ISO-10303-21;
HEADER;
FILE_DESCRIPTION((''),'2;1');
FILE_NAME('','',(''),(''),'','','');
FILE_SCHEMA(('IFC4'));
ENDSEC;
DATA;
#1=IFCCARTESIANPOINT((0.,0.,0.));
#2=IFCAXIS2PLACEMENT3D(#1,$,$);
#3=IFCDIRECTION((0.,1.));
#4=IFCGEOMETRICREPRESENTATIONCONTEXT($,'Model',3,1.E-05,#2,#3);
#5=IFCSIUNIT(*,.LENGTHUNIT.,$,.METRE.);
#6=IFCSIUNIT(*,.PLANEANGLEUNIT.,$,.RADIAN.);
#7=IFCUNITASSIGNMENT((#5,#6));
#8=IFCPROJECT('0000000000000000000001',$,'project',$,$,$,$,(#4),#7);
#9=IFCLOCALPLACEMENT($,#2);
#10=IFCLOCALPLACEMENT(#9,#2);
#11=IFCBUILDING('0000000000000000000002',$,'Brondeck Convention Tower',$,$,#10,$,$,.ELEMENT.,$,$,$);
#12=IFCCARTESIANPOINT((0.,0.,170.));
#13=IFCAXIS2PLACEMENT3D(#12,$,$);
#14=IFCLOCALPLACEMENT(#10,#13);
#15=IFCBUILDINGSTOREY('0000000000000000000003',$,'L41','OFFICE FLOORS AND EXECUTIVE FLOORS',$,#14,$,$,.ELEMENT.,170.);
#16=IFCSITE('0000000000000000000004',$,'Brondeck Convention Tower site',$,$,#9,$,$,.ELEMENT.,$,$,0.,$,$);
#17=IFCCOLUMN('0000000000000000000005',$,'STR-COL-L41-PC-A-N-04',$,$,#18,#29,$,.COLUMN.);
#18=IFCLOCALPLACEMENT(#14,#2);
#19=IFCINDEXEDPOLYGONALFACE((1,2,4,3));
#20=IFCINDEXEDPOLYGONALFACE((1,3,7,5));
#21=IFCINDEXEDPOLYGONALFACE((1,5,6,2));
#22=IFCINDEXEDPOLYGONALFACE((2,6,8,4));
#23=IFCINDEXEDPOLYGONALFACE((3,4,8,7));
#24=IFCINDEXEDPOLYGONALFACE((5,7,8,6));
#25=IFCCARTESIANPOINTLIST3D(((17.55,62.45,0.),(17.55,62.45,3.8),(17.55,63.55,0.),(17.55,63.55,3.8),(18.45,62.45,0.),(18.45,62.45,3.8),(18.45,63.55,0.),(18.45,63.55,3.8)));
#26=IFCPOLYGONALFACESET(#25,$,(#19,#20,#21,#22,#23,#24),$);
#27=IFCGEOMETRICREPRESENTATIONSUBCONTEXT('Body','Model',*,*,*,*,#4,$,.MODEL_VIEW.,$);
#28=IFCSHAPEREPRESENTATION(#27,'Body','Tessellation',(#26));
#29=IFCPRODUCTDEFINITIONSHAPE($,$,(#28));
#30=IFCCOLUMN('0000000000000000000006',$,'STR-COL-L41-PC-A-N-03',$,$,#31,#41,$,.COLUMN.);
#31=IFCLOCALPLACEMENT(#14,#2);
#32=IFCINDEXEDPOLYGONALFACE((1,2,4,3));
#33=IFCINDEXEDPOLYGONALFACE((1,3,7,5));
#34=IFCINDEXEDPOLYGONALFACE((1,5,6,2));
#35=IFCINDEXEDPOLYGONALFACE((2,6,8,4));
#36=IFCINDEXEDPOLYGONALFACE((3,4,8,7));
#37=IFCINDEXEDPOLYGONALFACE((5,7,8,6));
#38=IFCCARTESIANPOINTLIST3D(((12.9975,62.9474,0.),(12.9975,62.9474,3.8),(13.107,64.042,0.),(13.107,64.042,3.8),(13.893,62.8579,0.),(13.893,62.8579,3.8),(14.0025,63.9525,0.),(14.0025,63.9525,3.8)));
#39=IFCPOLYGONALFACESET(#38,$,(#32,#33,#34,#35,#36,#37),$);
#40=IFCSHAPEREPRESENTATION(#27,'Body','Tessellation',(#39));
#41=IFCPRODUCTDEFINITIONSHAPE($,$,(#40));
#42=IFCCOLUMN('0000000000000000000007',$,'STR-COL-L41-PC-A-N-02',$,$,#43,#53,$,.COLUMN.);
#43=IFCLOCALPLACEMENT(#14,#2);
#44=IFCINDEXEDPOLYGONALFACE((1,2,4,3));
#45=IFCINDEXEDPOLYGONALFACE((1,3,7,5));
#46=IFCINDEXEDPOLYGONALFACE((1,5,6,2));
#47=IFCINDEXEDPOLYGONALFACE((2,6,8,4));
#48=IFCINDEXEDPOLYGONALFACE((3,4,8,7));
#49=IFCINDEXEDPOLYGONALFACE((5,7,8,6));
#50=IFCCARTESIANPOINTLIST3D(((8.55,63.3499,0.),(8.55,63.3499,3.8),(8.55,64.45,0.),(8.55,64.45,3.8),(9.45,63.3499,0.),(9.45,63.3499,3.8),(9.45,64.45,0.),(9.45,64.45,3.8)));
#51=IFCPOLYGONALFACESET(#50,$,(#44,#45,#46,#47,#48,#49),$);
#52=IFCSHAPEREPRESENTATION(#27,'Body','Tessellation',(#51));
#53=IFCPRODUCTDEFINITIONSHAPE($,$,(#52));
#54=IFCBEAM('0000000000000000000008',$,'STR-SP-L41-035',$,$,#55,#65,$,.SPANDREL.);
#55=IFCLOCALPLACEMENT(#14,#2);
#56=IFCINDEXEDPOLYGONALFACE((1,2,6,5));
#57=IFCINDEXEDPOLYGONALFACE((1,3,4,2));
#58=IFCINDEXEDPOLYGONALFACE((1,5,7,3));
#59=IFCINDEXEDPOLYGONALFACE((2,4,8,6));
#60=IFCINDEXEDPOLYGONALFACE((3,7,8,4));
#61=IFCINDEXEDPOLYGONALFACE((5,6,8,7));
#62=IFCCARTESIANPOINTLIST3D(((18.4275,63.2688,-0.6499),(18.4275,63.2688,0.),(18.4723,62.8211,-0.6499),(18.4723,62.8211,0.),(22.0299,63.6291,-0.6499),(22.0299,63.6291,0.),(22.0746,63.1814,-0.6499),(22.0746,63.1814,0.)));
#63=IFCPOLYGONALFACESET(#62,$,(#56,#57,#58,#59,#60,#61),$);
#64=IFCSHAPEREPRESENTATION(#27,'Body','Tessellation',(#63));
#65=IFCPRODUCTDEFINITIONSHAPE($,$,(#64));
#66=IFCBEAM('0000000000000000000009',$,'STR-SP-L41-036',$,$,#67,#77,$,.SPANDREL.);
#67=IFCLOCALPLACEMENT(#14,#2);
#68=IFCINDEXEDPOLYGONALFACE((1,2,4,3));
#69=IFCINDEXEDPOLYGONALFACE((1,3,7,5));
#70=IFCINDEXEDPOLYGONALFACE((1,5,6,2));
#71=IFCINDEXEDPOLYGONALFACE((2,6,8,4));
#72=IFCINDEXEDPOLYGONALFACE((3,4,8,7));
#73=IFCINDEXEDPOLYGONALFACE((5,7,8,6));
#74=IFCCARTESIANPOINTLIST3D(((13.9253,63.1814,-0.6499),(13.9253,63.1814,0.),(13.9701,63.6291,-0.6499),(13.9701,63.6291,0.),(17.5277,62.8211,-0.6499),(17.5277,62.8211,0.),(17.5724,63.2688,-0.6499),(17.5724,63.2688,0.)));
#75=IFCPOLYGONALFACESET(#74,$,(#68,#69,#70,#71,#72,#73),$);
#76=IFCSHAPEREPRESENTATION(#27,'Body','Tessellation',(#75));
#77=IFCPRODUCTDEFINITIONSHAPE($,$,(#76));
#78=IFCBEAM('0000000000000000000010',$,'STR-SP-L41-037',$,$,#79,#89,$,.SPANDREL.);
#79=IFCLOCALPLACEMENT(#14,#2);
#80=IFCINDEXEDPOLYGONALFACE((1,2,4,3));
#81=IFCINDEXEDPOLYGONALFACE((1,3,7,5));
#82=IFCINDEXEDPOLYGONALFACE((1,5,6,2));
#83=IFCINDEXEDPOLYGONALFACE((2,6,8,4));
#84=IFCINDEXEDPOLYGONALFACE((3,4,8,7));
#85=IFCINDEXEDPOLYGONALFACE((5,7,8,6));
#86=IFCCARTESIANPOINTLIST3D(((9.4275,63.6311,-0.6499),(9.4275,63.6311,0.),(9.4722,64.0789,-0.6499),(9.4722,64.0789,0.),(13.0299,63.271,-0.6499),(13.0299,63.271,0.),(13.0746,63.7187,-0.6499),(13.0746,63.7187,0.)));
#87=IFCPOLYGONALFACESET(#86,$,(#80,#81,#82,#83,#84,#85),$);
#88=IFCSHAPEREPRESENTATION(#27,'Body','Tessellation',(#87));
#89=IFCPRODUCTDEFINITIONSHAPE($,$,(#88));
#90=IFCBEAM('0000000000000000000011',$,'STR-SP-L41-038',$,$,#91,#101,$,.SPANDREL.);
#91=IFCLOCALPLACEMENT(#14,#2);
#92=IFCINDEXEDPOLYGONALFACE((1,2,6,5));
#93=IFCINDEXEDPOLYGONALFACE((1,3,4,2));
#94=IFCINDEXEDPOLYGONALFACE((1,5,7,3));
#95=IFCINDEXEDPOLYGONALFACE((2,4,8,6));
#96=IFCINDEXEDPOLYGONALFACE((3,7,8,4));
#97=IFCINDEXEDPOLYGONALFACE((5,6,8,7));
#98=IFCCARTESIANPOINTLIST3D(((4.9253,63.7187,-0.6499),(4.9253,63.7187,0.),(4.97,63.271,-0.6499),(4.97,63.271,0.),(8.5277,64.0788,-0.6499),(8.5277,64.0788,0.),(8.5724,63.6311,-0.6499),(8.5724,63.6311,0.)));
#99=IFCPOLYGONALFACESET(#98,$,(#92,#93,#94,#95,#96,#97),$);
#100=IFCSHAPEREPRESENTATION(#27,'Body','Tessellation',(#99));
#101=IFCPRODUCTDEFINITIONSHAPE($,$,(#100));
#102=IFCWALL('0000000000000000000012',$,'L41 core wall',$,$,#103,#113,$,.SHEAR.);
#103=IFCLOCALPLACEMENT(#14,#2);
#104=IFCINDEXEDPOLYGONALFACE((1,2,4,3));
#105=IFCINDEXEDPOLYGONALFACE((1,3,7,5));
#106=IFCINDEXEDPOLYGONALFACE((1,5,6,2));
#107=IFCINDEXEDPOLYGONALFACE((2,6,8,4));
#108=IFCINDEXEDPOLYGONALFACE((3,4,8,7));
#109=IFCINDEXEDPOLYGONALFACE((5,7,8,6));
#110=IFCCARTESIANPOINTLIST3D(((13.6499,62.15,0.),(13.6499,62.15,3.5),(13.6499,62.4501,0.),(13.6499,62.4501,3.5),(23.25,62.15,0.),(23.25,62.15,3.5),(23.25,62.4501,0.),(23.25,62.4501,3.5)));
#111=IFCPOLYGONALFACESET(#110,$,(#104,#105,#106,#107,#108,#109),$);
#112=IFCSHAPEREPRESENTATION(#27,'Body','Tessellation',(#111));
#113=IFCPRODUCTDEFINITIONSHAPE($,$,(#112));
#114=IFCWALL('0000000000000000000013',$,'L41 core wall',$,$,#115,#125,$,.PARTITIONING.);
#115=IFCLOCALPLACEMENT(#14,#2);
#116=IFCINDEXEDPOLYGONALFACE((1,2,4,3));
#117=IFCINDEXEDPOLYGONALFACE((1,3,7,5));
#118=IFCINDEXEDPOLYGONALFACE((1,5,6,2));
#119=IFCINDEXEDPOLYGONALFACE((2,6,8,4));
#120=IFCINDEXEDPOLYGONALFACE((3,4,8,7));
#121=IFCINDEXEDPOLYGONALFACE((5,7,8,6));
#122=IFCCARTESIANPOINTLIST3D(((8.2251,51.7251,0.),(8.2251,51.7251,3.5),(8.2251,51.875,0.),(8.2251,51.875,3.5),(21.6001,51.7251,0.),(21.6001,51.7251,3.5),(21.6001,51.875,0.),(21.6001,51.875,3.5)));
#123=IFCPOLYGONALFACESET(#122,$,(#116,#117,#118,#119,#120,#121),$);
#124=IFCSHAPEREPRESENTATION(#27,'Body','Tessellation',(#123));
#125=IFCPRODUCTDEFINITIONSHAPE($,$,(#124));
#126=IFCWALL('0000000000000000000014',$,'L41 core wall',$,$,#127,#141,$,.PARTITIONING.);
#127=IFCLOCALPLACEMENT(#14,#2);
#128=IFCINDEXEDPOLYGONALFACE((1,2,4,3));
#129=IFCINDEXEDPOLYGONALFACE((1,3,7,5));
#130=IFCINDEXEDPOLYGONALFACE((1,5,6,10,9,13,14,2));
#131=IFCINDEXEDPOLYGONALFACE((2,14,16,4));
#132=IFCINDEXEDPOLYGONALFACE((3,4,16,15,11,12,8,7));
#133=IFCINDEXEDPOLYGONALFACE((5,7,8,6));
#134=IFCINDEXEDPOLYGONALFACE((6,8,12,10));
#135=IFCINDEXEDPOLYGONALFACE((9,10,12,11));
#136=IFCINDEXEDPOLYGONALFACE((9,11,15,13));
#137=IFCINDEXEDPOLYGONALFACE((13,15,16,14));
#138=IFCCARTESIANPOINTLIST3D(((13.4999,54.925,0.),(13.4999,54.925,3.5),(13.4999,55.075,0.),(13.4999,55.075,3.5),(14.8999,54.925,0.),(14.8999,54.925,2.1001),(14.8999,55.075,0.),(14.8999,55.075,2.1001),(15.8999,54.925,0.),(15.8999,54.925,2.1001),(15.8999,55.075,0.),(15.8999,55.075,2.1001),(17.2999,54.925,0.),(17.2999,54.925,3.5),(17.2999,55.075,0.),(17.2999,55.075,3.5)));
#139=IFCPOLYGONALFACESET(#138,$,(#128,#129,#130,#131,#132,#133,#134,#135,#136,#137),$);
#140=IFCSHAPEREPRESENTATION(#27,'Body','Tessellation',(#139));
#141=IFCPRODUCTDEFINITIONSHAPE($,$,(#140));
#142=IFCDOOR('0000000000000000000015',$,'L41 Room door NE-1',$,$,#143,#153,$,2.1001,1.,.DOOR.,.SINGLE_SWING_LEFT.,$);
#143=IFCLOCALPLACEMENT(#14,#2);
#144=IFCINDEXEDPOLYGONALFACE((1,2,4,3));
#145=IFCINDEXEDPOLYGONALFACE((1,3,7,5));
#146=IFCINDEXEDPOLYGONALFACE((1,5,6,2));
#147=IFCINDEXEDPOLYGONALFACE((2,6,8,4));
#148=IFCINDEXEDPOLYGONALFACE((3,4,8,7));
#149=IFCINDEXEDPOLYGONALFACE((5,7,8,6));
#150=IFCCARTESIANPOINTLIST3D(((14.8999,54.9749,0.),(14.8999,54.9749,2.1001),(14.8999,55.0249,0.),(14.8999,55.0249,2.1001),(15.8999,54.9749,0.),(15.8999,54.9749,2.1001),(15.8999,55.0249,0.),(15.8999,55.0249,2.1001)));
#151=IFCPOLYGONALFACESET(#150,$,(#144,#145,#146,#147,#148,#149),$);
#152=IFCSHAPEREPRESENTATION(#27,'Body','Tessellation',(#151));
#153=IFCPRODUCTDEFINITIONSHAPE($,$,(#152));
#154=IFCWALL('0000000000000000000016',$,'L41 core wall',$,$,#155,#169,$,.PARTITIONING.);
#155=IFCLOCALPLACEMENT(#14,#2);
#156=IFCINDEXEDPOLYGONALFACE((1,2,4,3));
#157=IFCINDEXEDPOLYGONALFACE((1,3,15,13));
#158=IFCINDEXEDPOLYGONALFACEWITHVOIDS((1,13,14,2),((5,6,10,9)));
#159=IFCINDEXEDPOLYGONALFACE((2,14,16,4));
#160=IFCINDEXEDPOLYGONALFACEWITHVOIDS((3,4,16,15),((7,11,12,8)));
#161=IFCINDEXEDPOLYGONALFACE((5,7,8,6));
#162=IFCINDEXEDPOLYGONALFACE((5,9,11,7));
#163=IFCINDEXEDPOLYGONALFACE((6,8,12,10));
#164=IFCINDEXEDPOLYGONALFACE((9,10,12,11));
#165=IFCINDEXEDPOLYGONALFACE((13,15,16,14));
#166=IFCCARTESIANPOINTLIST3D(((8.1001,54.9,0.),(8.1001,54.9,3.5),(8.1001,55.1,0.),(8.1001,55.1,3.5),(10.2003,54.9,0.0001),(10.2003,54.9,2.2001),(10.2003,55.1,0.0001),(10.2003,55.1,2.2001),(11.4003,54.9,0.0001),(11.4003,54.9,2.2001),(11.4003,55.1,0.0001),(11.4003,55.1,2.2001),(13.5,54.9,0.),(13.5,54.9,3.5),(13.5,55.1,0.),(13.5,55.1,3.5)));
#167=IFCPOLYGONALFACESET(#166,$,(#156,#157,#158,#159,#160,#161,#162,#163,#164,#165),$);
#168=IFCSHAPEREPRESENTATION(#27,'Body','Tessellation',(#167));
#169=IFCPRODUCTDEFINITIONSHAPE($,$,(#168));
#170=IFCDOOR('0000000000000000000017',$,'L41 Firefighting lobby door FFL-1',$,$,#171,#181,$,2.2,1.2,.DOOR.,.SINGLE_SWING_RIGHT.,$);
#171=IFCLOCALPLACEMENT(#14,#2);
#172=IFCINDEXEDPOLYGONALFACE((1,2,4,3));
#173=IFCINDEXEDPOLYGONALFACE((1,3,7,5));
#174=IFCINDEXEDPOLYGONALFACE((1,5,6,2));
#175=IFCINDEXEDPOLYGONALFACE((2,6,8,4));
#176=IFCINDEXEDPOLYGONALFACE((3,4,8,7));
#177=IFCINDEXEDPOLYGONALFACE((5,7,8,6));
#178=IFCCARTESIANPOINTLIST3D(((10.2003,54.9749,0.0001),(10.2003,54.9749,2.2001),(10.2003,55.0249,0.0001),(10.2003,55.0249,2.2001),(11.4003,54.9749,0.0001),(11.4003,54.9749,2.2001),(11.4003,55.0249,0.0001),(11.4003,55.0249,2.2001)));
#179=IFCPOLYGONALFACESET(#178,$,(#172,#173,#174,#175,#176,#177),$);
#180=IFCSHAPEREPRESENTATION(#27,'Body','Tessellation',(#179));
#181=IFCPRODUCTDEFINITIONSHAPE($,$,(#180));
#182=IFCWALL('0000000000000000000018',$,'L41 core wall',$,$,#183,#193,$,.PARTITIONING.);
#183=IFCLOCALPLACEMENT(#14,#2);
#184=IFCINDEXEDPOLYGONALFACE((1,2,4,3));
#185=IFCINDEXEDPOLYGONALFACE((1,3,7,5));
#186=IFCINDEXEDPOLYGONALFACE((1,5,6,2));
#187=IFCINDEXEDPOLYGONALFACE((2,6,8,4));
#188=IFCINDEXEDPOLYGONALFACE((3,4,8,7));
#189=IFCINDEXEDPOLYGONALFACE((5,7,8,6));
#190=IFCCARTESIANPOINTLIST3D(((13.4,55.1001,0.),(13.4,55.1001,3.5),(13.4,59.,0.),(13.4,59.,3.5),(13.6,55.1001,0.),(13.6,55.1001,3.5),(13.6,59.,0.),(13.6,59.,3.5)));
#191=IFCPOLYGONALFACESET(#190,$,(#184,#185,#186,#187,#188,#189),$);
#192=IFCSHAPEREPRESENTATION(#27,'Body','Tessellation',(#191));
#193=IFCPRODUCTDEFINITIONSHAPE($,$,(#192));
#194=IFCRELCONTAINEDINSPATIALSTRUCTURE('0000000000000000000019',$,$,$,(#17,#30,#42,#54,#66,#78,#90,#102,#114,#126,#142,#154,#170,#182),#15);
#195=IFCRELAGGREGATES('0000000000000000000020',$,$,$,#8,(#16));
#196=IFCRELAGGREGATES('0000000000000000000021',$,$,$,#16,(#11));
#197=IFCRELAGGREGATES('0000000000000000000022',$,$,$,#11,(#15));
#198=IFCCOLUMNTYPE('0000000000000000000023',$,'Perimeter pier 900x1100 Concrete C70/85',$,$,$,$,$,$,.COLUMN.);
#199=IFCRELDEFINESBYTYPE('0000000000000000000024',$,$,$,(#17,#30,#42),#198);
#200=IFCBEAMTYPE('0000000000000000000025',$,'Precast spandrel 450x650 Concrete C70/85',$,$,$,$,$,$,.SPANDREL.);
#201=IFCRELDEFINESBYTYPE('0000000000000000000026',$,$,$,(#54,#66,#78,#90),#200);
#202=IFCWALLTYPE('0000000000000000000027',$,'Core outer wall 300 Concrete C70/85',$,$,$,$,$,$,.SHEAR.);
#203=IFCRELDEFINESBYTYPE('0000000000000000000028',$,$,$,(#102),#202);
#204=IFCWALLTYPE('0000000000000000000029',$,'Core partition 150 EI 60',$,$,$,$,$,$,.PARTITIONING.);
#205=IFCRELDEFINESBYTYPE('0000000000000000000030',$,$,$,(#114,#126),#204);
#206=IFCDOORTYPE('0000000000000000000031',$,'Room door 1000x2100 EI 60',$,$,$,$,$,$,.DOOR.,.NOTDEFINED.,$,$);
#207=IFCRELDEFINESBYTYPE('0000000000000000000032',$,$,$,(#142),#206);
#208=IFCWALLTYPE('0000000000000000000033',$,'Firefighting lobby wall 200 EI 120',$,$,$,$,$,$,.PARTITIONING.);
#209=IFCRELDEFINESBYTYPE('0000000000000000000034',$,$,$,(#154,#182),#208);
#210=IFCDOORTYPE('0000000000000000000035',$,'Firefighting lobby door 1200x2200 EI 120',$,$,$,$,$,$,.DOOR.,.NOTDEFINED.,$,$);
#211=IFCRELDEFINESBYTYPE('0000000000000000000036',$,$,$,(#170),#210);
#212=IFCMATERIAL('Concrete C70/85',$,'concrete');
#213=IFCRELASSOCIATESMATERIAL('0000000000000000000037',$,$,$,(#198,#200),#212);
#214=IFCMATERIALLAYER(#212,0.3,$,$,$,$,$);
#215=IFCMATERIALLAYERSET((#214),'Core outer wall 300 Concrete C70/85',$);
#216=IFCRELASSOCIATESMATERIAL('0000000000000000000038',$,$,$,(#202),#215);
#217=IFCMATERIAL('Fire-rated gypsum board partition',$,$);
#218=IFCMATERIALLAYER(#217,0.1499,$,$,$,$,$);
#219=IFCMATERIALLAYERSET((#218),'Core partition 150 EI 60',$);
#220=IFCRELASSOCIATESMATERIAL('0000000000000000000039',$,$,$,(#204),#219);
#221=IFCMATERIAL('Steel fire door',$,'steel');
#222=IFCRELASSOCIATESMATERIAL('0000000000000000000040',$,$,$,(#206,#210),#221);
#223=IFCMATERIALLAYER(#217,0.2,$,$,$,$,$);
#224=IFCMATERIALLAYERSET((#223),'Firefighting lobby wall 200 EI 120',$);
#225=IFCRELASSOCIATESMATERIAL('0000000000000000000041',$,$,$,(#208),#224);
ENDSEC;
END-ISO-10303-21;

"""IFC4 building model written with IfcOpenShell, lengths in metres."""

from ifc_helpers import new_model, si_unit, direction, frame, frame_2d, origin, origin_2d, place, context, subcontext, project, spatial, rectangle, extrude, material, layer, layer_set, material_profile, profile_set, type_object, element, fill, save


model = new_model("IFC4")

# Units and contexts
model_context = context("Model", 3, precision=1e-05, world=origin(), true_north=direction((0.0, 1.0)))
body_context = subcontext(model_context, "Body", "Model", "MODEL_VIEW")
ifc_project = project(units=[si_unit("LENGTHUNIT", "METRE"), si_unit("PLANEANGLEUNIT", "RADIAN")], contexts=[model_context])

# Site, building, storey
site_placement = place(None, origin())
site = spatial("IfcSite", under=ifc_project, at=site_placement, Name="Brondeck Convention Tower site", CompositionType="ELEMENT", RefElevation=0.0)
building_placement = place(site_placement, origin())
building = spatial("IfcBuilding", under=site, at=building_placement, Name="Brondeck Convention Tower", CompositionType="ELEMENT")
storey_placement = place(building_placement, frame((0.0, 0.0, 170.0)))
storey = spatial("IfcBuildingStorey", under=building, at=storey_placement, Name="L41", Description="OFFICE FLOORS AND EXECUTIVE FLOORS", CompositionType="ELEMENT", Elevation=170.0)

# Columns
ifc_material_1 = material(Name="Concrete C70/85", Category="concrete")
ifc_material_profile_1 = material_profile(ifc_material_1, rectangle(XDim=0.8999, YDim=1.1001, at=origin_2d()), Name="Perimeter pier 900x1100 Concrete C70/85")
ifc_profile_set_1 = profile_set([ifc_material_profile_1], Name="Concrete C70/85")
column_type = type_object("IfcColumnType", Name="Perimeter pier 900x1100 Concrete C70/85", PredefinedType="COLUMN", material=ifc_profile_set_1)
for number, where, z_axis, x_axis, name in (
    (1, (18.0, 63.0, 0.0), (0.0, 0.0, 1.0), (-1.0, 0.0, 0.0), "STR-COL-L41-PC-A-N-04"),
    (2, (13.5, 63.45, 0.0), (0.0, 0.0, 1.0), (-0.995037, 0.099504, 0.0), "STR-COL-L41-PC-A-N-03"),
    (3, (9.0, 63.8999, 0.0), (0.0, 0.0, 1.0), (-1.0, 0.0, 0.0), "STR-COL-L41-PC-A-N-02"),
):
    element("IfcColumn", number, at=place(storey_placement, frame(where, z_axis=z_axis, x_axis=x_axis)), inside=storey, type_object=column_type, Name=name, PredefinedType="COLUMN", context=body_context, shape_type="SweptSolid", body=[
        extrude(rectangle(XDim=0.8999, YDim=1.1001, at=origin_2d()), origin(), (0.0, 0.0, 1.0), 3.8),
    ])

# Beams
ifc_material_profile_2 = material_profile(ifc_material_1, rectangle(XDim=0.45, YDim=0.6499, at=origin_2d()), Name="Precast spandrel 450x650 Concrete C70/85")
ifc_profile_set_2 = profile_set([ifc_material_profile_2], Name="Concrete C70/85")
beam_type = type_object("IfcBeamType", Name="Precast spandrel 450x650 Concrete C70/85", PredefinedType="SPANDREL", material=ifc_profile_set_2)
for number, where, z_axis, x_axis, name in (
    (4, (22.0522, 63.4053, -0.325), (-0.995034, -0.099537, 0.0), (0.099537, -0.995034, 0.0), "STR-SP-L41-035"),
    (5, (17.55, 63.0449, -0.325), (-0.995034, 0.099537, 0.0), (-0.099537, -0.995034, 0.0), "STR-SP-L41-036"),
    (6, (13.0522, 63.4949, -0.325), (-0.995041, 0.09947, 0.0), (-0.09947, -0.995041, 0.0), "STR-SP-L41-037"),
    (7, (8.55, 63.855, -0.325), (-0.995041, -0.09947, 0.0), (0.09947, -0.995041, 0.0), "STR-SP-L41-038"),
):
    element("IfcBeam", number, at=place(storey_placement, frame(where, z_axis=z_axis, x_axis=x_axis)), inside=storey, type_object=beam_type, Name=name, PredefinedType="SPANDREL", context=body_context, shape_type="SweptSolid", body=[
        extrude(rectangle(XDim=0.45, YDim=0.6499, at=origin_2d()), origin(), (0.0, 0.0, 1.0), 3.6204),
    ])

# Walls
ifc_layer_1 = layer(ifc_material_1, 0.3)
ifc_layer_set_1 = layer_set([ifc_layer_1], Name="Core outer wall 300 Concrete C70/85")
wall_type_1 = type_object("IfcWallType", Name="Core outer wall 300 Concrete C70/85", PredefinedType="SHEAR", material=ifc_layer_set_1)
wall_1_placement = place(storey_placement, frame((13.6499, 62.3, 0.0), z_axis=(0.0, 0.0, 1.0), x_axis=(1.0, 0.0, 0.0)))
element("IfcWall", 8, at=wall_1_placement, inside=storey, type_object=wall_type_1, Name="L41 core wall", PredefinedType="SHEAR", context=body_context, shape_type="SweptSolid", body=[
    extrude(rectangle(XDim=9.6001, YDim=0.3, at=frame_2d((4.8, 0.0))), origin(), (0.0, 0.0, 1.0), 3.5),
])
ifc_material_2 = material(Name="Fire-rated gypsum board partition")
ifc_layer_2 = layer(ifc_material_2, 0.1499)
ifc_layer_set_2 = layer_set([ifc_layer_2], Name="Core partition 150 EI 60")
wall_type_2 = type_object("IfcWallType", Name="Core partition 150 EI 60", PredefinedType="PARTITIONING", material=ifc_layer_set_2)
wall_2_placement = place(storey_placement, frame((8.2251, 51.8, 0.0), z_axis=(0.0, 0.0, 1.0), x_axis=(1.0, 0.0, 0.0)))
element("IfcWall", 9, at=wall_2_placement, inside=storey, type_object=wall_type_2, Name="L41 core wall", PredefinedType="PARTITIONING", context=body_context, shape_type="SweptSolid", body=[
    extrude(rectangle(XDim=13.375, YDim=0.1499, at=frame_2d((6.6875, 0.0))), origin(), (0.0, 0.0, 1.0), 3.5),
])

# Walls, openings, doors
wall_3_placement = place(storey_placement, frame((13.5, 55.0, 0.0), z_axis=(0.0, 0.0, 1.0), x_axis=(1.0, 0.0, 0.0)))
wall_3 = element("IfcWall", 10, at=wall_3_placement, inside=storey, type_object=wall_type_2, Name="L41 core wall", PredefinedType="PARTITIONING", context=body_context, shape_type="SweptSolid", body=[
    extrude(rectangle(XDim=3.8, YDim=0.1499, at=frame_2d((1.8999, 0.0))), origin(), (0.0, 0.0, 1.0), 3.5),
])
opening_1_placement = place(wall_3_placement, frame((1.3999, 0.0, 0.0)))
opening_1 = element("IfcOpeningElement", 11, at=opening_1_placement, cuts=wall_3, PredefinedType="OPENING", context=body_context, shape_type="SweptSolid", body=[
    extrude(rectangle(XDim=1.0, YDim=2.1001, at=frame_2d((0.5, 1.05))), frame((0.0, 0.085, 0.0), z_axis=(0.0, -1.0, 0.0), x_axis=(1.0, 0.0, 0.0)), (0.0, 0.0, 1.0), 0.1699),
])
ifc_material_3 = material(Name="Steel fire door", Category="steel")
door_type_1 = type_object("IfcDoorType", Name="Room door 1000x2100 EI 60", OperationType="NOTDEFINED", PredefinedType="DOOR", material=ifc_material_3)
door_1_placement = place(opening_1_placement, origin())
door_1 = element("IfcDoor", 12, at=door_1_placement, inside=storey, type_object=door_type_1, Name="L41 Room door NE-1", OperationType="SINGLE_SWING_LEFT", OverallHeight=2.1001, OverallWidth=1.0, PredefinedType="DOOR", context=body_context, shape_type="SweptSolid", body=[
    extrude(rectangle(XDim=1.0, YDim=2.1001, at=frame_2d((0.5, 1.05))), frame((0.0, 0.0249, 0.0), z_axis=(0.0, -1.0, 0.0), x_axis=(1.0, 0.0, 0.0)), (0.0, 0.0, 1.0), 0.05),
])
fill(opening_1, door_1)
ifc_layer_3 = layer(ifc_material_2, 0.2)
ifc_layer_set_3 = layer_set([ifc_layer_3], Name="Firefighting lobby wall 200 EI 120")
wall_type_3 = type_object("IfcWallType", Name="Firefighting lobby wall 200 EI 120", PredefinedType="PARTITIONING", material=ifc_layer_set_3)
wall_4_placement = place(storey_placement, frame((8.1001, 55.0, 0.0), z_axis=(0.0, 0.0, 1.0), x_axis=(1.0, 0.0, 0.0)))
wall_4 = element("IfcWall", 13, at=wall_4_placement, inside=storey, type_object=wall_type_3, Name="L41 core wall", PredefinedType="PARTITIONING", context=body_context, shape_type="SweptSolid", body=[
    extrude(rectangle(XDim=5.3999, YDim=0.2, at=frame_2d((2.7, 0.0))), origin(), (0.0, 0.0, 1.0), 3.5),
])
opening_2_placement = place(wall_4_placement, frame((2.1001, 0.0, 0.0)))
opening_2 = element("IfcOpeningElement", 14, at=opening_2_placement, cuts=wall_4, PredefinedType="OPENING", context=body_context, shape_type="SweptSolid", body=[
    extrude(rectangle(XDim=1.2, YDim=2.2, at=frame_2d((0.6001, 1.1001))), frame((0.0, 0.1099, 0.0), z_axis=(0.0, -1.0, 0.0), x_axis=(1.0, 0.0, 0.0)), (0.0, 0.0, 1.0), 0.22),
])
door_type_2 = type_object("IfcDoorType", Name="Firefighting lobby door 1200x2200 EI 120", OperationType="NOTDEFINED", PredefinedType="DOOR", material=ifc_material_3)
door_2_placement = place(opening_2_placement, origin())
door_2 = element("IfcDoor", 15, at=door_2_placement, inside=storey, type_object=door_type_2, Name="L41 Firefighting lobby door FFL-1", OperationType="SINGLE_SWING_RIGHT", OverallHeight=2.2, OverallWidth=1.2, PredefinedType="DOOR", context=body_context, shape_type="SweptSolid", body=[
    extrude(rectangle(XDim=1.2, YDim=2.2, at=frame_2d((0.6001, 1.1001))), frame((0.0, 0.0249, 0.0), z_axis=(0.0, -1.0, 0.0), x_axis=(1.0, 0.0, 0.0)), (0.0, 0.0, 1.0), 0.05),
])
fill(opening_2, door_2)

# Wall
wall_5_placement = place(storey_placement, frame((13.5, 55.1001, 0.0), z_axis=(0.0, 0.0, 1.0), x_axis=(0.0, 1.0, 0.0)))
element("IfcWall", 16, at=wall_5_placement, inside=storey, type_object=wall_type_3, Name="L41 core wall", PredefinedType="PARTITIONING", context=body_context, shape_type="SweptSolid", body=[
    extrude(rectangle(XDim=3.8999, YDim=0.2, at=frame_2d((1.95, 0.0))), origin(), (0.0, 0.0, 1.0), 3.5),
])

save(model, "model.ifc")
